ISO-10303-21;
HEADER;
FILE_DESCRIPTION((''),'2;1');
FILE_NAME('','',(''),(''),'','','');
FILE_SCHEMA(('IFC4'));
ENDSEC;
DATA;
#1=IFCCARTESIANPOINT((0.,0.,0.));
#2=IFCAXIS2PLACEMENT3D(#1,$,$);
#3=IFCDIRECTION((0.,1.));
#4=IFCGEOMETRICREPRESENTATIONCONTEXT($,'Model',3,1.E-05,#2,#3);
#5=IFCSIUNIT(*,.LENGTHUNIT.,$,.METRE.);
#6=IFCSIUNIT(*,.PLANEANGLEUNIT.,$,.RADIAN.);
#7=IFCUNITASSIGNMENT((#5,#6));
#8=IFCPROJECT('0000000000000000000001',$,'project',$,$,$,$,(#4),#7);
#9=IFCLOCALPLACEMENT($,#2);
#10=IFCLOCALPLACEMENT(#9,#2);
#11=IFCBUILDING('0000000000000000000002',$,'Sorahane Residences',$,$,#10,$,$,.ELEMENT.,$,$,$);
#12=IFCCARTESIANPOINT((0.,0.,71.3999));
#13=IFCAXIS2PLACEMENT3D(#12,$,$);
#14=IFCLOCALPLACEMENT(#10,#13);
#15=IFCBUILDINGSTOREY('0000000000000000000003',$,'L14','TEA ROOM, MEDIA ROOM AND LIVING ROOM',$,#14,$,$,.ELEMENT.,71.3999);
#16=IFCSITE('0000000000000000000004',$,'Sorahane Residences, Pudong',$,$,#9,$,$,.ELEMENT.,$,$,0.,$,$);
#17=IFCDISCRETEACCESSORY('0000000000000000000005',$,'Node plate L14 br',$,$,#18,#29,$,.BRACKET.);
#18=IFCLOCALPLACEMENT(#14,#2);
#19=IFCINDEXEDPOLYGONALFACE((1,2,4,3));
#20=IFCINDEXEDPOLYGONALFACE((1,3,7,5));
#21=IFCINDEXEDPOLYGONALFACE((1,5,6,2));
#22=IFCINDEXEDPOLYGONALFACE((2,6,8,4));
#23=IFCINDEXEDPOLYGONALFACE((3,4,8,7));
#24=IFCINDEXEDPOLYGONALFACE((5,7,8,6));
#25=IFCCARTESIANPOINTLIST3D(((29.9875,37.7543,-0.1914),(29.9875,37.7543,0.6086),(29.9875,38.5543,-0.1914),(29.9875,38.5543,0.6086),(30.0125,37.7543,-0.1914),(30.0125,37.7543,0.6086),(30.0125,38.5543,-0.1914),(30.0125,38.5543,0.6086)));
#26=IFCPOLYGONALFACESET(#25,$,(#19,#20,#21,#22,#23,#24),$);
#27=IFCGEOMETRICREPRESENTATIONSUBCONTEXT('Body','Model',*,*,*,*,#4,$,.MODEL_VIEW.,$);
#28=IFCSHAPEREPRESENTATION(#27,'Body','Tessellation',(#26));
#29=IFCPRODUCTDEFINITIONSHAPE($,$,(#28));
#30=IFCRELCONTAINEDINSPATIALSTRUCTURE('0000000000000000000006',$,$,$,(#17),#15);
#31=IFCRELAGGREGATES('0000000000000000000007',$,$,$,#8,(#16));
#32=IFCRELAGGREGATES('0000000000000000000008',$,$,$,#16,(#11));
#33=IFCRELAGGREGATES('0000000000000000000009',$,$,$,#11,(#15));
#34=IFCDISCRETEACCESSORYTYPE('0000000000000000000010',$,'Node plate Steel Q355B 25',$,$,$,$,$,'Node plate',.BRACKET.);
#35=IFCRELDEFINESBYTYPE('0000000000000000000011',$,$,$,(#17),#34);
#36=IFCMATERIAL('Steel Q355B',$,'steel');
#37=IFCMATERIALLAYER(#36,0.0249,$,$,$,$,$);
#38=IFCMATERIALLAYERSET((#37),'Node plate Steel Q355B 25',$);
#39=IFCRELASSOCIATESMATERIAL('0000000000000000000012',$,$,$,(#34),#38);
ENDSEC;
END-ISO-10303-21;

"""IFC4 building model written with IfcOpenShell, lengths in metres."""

from ifc_helpers import new_model, si_unit, direction, frame, origin, origin_2d, place, context, subcontext, project, spatial, rectangle, extrude, material, layer, layer_set, type_object, element, save


model = new_model("IFC4")

# Units and contexts
model_context = context("Model", 3, precision=1e-05, world=origin(), true_north=direction((0.0, 1.0)))
body_context = subcontext(model_context, "Body", "Model", "MODEL_VIEW")
ifc_project = project(units=[si_unit("LENGTHUNIT", "METRE"), si_unit("PLANEANGLEUNIT", "RADIAN")], contexts=[model_context])

# Site, building, storey
site_placement = place(None, origin())
site = spatial("IfcSite", under=ifc_project, at=site_placement, Name="Sorahane Residences, Pudong", CompositionType="ELEMENT", RefElevation=0.0)
building_placement = place(site_placement, origin())
building = spatial("IfcBuilding", under=site, at=building_placement, Name="Sorahane Residences", CompositionType="ELEMENT")
storey_placement = place(building_placement, frame((0.0, 0.0, 71.3999)))
storey = spatial("IfcBuildingStorey", under=building, at=storey_placement, Name="L14", Description="TEA ROOM, MEDIA ROOM AND LIVING ROOM", CompositionType="ELEMENT", Elevation=71.3999)

# Discrete accessory
ifc_material_1 = material(Name="Steel Q355B", Category="steel")
ifc_layer_1 = layer(ifc_material_1, 0.0249)
ifc_layer_set_1 = layer_set([ifc_layer_1], Name="Node plate Steel Q355B 25")
discrete_accessory_type = type_object("IfcDiscreteAccessoryType", Name="Node plate Steel Q355B 25", ElementType="Node plate", PredefinedType="BRACKET", material=ifc_layer_set_1)
discrete_accessory_placement = place(storey_placement, frame((30.0, 38.1543, -0.1914), z_axis=(0.0, 0.0, 1.0), x_axis=(0.0, 1.0, 0.0)))
element("IfcDiscreteAccessory", 1, at=discrete_accessory_placement, inside=storey, type_object=discrete_accessory_type, Name="Node plate L14 br", PredefinedType="BRACKET", context=body_context, shape_type="SweptSolid", body=[
    extrude(rectangle(XDim=0.8, YDim=0.0249, at=origin_2d()), origin(), (0.0, 0.0, 1.0), 0.8),
])

save(model, "model.ifc")
